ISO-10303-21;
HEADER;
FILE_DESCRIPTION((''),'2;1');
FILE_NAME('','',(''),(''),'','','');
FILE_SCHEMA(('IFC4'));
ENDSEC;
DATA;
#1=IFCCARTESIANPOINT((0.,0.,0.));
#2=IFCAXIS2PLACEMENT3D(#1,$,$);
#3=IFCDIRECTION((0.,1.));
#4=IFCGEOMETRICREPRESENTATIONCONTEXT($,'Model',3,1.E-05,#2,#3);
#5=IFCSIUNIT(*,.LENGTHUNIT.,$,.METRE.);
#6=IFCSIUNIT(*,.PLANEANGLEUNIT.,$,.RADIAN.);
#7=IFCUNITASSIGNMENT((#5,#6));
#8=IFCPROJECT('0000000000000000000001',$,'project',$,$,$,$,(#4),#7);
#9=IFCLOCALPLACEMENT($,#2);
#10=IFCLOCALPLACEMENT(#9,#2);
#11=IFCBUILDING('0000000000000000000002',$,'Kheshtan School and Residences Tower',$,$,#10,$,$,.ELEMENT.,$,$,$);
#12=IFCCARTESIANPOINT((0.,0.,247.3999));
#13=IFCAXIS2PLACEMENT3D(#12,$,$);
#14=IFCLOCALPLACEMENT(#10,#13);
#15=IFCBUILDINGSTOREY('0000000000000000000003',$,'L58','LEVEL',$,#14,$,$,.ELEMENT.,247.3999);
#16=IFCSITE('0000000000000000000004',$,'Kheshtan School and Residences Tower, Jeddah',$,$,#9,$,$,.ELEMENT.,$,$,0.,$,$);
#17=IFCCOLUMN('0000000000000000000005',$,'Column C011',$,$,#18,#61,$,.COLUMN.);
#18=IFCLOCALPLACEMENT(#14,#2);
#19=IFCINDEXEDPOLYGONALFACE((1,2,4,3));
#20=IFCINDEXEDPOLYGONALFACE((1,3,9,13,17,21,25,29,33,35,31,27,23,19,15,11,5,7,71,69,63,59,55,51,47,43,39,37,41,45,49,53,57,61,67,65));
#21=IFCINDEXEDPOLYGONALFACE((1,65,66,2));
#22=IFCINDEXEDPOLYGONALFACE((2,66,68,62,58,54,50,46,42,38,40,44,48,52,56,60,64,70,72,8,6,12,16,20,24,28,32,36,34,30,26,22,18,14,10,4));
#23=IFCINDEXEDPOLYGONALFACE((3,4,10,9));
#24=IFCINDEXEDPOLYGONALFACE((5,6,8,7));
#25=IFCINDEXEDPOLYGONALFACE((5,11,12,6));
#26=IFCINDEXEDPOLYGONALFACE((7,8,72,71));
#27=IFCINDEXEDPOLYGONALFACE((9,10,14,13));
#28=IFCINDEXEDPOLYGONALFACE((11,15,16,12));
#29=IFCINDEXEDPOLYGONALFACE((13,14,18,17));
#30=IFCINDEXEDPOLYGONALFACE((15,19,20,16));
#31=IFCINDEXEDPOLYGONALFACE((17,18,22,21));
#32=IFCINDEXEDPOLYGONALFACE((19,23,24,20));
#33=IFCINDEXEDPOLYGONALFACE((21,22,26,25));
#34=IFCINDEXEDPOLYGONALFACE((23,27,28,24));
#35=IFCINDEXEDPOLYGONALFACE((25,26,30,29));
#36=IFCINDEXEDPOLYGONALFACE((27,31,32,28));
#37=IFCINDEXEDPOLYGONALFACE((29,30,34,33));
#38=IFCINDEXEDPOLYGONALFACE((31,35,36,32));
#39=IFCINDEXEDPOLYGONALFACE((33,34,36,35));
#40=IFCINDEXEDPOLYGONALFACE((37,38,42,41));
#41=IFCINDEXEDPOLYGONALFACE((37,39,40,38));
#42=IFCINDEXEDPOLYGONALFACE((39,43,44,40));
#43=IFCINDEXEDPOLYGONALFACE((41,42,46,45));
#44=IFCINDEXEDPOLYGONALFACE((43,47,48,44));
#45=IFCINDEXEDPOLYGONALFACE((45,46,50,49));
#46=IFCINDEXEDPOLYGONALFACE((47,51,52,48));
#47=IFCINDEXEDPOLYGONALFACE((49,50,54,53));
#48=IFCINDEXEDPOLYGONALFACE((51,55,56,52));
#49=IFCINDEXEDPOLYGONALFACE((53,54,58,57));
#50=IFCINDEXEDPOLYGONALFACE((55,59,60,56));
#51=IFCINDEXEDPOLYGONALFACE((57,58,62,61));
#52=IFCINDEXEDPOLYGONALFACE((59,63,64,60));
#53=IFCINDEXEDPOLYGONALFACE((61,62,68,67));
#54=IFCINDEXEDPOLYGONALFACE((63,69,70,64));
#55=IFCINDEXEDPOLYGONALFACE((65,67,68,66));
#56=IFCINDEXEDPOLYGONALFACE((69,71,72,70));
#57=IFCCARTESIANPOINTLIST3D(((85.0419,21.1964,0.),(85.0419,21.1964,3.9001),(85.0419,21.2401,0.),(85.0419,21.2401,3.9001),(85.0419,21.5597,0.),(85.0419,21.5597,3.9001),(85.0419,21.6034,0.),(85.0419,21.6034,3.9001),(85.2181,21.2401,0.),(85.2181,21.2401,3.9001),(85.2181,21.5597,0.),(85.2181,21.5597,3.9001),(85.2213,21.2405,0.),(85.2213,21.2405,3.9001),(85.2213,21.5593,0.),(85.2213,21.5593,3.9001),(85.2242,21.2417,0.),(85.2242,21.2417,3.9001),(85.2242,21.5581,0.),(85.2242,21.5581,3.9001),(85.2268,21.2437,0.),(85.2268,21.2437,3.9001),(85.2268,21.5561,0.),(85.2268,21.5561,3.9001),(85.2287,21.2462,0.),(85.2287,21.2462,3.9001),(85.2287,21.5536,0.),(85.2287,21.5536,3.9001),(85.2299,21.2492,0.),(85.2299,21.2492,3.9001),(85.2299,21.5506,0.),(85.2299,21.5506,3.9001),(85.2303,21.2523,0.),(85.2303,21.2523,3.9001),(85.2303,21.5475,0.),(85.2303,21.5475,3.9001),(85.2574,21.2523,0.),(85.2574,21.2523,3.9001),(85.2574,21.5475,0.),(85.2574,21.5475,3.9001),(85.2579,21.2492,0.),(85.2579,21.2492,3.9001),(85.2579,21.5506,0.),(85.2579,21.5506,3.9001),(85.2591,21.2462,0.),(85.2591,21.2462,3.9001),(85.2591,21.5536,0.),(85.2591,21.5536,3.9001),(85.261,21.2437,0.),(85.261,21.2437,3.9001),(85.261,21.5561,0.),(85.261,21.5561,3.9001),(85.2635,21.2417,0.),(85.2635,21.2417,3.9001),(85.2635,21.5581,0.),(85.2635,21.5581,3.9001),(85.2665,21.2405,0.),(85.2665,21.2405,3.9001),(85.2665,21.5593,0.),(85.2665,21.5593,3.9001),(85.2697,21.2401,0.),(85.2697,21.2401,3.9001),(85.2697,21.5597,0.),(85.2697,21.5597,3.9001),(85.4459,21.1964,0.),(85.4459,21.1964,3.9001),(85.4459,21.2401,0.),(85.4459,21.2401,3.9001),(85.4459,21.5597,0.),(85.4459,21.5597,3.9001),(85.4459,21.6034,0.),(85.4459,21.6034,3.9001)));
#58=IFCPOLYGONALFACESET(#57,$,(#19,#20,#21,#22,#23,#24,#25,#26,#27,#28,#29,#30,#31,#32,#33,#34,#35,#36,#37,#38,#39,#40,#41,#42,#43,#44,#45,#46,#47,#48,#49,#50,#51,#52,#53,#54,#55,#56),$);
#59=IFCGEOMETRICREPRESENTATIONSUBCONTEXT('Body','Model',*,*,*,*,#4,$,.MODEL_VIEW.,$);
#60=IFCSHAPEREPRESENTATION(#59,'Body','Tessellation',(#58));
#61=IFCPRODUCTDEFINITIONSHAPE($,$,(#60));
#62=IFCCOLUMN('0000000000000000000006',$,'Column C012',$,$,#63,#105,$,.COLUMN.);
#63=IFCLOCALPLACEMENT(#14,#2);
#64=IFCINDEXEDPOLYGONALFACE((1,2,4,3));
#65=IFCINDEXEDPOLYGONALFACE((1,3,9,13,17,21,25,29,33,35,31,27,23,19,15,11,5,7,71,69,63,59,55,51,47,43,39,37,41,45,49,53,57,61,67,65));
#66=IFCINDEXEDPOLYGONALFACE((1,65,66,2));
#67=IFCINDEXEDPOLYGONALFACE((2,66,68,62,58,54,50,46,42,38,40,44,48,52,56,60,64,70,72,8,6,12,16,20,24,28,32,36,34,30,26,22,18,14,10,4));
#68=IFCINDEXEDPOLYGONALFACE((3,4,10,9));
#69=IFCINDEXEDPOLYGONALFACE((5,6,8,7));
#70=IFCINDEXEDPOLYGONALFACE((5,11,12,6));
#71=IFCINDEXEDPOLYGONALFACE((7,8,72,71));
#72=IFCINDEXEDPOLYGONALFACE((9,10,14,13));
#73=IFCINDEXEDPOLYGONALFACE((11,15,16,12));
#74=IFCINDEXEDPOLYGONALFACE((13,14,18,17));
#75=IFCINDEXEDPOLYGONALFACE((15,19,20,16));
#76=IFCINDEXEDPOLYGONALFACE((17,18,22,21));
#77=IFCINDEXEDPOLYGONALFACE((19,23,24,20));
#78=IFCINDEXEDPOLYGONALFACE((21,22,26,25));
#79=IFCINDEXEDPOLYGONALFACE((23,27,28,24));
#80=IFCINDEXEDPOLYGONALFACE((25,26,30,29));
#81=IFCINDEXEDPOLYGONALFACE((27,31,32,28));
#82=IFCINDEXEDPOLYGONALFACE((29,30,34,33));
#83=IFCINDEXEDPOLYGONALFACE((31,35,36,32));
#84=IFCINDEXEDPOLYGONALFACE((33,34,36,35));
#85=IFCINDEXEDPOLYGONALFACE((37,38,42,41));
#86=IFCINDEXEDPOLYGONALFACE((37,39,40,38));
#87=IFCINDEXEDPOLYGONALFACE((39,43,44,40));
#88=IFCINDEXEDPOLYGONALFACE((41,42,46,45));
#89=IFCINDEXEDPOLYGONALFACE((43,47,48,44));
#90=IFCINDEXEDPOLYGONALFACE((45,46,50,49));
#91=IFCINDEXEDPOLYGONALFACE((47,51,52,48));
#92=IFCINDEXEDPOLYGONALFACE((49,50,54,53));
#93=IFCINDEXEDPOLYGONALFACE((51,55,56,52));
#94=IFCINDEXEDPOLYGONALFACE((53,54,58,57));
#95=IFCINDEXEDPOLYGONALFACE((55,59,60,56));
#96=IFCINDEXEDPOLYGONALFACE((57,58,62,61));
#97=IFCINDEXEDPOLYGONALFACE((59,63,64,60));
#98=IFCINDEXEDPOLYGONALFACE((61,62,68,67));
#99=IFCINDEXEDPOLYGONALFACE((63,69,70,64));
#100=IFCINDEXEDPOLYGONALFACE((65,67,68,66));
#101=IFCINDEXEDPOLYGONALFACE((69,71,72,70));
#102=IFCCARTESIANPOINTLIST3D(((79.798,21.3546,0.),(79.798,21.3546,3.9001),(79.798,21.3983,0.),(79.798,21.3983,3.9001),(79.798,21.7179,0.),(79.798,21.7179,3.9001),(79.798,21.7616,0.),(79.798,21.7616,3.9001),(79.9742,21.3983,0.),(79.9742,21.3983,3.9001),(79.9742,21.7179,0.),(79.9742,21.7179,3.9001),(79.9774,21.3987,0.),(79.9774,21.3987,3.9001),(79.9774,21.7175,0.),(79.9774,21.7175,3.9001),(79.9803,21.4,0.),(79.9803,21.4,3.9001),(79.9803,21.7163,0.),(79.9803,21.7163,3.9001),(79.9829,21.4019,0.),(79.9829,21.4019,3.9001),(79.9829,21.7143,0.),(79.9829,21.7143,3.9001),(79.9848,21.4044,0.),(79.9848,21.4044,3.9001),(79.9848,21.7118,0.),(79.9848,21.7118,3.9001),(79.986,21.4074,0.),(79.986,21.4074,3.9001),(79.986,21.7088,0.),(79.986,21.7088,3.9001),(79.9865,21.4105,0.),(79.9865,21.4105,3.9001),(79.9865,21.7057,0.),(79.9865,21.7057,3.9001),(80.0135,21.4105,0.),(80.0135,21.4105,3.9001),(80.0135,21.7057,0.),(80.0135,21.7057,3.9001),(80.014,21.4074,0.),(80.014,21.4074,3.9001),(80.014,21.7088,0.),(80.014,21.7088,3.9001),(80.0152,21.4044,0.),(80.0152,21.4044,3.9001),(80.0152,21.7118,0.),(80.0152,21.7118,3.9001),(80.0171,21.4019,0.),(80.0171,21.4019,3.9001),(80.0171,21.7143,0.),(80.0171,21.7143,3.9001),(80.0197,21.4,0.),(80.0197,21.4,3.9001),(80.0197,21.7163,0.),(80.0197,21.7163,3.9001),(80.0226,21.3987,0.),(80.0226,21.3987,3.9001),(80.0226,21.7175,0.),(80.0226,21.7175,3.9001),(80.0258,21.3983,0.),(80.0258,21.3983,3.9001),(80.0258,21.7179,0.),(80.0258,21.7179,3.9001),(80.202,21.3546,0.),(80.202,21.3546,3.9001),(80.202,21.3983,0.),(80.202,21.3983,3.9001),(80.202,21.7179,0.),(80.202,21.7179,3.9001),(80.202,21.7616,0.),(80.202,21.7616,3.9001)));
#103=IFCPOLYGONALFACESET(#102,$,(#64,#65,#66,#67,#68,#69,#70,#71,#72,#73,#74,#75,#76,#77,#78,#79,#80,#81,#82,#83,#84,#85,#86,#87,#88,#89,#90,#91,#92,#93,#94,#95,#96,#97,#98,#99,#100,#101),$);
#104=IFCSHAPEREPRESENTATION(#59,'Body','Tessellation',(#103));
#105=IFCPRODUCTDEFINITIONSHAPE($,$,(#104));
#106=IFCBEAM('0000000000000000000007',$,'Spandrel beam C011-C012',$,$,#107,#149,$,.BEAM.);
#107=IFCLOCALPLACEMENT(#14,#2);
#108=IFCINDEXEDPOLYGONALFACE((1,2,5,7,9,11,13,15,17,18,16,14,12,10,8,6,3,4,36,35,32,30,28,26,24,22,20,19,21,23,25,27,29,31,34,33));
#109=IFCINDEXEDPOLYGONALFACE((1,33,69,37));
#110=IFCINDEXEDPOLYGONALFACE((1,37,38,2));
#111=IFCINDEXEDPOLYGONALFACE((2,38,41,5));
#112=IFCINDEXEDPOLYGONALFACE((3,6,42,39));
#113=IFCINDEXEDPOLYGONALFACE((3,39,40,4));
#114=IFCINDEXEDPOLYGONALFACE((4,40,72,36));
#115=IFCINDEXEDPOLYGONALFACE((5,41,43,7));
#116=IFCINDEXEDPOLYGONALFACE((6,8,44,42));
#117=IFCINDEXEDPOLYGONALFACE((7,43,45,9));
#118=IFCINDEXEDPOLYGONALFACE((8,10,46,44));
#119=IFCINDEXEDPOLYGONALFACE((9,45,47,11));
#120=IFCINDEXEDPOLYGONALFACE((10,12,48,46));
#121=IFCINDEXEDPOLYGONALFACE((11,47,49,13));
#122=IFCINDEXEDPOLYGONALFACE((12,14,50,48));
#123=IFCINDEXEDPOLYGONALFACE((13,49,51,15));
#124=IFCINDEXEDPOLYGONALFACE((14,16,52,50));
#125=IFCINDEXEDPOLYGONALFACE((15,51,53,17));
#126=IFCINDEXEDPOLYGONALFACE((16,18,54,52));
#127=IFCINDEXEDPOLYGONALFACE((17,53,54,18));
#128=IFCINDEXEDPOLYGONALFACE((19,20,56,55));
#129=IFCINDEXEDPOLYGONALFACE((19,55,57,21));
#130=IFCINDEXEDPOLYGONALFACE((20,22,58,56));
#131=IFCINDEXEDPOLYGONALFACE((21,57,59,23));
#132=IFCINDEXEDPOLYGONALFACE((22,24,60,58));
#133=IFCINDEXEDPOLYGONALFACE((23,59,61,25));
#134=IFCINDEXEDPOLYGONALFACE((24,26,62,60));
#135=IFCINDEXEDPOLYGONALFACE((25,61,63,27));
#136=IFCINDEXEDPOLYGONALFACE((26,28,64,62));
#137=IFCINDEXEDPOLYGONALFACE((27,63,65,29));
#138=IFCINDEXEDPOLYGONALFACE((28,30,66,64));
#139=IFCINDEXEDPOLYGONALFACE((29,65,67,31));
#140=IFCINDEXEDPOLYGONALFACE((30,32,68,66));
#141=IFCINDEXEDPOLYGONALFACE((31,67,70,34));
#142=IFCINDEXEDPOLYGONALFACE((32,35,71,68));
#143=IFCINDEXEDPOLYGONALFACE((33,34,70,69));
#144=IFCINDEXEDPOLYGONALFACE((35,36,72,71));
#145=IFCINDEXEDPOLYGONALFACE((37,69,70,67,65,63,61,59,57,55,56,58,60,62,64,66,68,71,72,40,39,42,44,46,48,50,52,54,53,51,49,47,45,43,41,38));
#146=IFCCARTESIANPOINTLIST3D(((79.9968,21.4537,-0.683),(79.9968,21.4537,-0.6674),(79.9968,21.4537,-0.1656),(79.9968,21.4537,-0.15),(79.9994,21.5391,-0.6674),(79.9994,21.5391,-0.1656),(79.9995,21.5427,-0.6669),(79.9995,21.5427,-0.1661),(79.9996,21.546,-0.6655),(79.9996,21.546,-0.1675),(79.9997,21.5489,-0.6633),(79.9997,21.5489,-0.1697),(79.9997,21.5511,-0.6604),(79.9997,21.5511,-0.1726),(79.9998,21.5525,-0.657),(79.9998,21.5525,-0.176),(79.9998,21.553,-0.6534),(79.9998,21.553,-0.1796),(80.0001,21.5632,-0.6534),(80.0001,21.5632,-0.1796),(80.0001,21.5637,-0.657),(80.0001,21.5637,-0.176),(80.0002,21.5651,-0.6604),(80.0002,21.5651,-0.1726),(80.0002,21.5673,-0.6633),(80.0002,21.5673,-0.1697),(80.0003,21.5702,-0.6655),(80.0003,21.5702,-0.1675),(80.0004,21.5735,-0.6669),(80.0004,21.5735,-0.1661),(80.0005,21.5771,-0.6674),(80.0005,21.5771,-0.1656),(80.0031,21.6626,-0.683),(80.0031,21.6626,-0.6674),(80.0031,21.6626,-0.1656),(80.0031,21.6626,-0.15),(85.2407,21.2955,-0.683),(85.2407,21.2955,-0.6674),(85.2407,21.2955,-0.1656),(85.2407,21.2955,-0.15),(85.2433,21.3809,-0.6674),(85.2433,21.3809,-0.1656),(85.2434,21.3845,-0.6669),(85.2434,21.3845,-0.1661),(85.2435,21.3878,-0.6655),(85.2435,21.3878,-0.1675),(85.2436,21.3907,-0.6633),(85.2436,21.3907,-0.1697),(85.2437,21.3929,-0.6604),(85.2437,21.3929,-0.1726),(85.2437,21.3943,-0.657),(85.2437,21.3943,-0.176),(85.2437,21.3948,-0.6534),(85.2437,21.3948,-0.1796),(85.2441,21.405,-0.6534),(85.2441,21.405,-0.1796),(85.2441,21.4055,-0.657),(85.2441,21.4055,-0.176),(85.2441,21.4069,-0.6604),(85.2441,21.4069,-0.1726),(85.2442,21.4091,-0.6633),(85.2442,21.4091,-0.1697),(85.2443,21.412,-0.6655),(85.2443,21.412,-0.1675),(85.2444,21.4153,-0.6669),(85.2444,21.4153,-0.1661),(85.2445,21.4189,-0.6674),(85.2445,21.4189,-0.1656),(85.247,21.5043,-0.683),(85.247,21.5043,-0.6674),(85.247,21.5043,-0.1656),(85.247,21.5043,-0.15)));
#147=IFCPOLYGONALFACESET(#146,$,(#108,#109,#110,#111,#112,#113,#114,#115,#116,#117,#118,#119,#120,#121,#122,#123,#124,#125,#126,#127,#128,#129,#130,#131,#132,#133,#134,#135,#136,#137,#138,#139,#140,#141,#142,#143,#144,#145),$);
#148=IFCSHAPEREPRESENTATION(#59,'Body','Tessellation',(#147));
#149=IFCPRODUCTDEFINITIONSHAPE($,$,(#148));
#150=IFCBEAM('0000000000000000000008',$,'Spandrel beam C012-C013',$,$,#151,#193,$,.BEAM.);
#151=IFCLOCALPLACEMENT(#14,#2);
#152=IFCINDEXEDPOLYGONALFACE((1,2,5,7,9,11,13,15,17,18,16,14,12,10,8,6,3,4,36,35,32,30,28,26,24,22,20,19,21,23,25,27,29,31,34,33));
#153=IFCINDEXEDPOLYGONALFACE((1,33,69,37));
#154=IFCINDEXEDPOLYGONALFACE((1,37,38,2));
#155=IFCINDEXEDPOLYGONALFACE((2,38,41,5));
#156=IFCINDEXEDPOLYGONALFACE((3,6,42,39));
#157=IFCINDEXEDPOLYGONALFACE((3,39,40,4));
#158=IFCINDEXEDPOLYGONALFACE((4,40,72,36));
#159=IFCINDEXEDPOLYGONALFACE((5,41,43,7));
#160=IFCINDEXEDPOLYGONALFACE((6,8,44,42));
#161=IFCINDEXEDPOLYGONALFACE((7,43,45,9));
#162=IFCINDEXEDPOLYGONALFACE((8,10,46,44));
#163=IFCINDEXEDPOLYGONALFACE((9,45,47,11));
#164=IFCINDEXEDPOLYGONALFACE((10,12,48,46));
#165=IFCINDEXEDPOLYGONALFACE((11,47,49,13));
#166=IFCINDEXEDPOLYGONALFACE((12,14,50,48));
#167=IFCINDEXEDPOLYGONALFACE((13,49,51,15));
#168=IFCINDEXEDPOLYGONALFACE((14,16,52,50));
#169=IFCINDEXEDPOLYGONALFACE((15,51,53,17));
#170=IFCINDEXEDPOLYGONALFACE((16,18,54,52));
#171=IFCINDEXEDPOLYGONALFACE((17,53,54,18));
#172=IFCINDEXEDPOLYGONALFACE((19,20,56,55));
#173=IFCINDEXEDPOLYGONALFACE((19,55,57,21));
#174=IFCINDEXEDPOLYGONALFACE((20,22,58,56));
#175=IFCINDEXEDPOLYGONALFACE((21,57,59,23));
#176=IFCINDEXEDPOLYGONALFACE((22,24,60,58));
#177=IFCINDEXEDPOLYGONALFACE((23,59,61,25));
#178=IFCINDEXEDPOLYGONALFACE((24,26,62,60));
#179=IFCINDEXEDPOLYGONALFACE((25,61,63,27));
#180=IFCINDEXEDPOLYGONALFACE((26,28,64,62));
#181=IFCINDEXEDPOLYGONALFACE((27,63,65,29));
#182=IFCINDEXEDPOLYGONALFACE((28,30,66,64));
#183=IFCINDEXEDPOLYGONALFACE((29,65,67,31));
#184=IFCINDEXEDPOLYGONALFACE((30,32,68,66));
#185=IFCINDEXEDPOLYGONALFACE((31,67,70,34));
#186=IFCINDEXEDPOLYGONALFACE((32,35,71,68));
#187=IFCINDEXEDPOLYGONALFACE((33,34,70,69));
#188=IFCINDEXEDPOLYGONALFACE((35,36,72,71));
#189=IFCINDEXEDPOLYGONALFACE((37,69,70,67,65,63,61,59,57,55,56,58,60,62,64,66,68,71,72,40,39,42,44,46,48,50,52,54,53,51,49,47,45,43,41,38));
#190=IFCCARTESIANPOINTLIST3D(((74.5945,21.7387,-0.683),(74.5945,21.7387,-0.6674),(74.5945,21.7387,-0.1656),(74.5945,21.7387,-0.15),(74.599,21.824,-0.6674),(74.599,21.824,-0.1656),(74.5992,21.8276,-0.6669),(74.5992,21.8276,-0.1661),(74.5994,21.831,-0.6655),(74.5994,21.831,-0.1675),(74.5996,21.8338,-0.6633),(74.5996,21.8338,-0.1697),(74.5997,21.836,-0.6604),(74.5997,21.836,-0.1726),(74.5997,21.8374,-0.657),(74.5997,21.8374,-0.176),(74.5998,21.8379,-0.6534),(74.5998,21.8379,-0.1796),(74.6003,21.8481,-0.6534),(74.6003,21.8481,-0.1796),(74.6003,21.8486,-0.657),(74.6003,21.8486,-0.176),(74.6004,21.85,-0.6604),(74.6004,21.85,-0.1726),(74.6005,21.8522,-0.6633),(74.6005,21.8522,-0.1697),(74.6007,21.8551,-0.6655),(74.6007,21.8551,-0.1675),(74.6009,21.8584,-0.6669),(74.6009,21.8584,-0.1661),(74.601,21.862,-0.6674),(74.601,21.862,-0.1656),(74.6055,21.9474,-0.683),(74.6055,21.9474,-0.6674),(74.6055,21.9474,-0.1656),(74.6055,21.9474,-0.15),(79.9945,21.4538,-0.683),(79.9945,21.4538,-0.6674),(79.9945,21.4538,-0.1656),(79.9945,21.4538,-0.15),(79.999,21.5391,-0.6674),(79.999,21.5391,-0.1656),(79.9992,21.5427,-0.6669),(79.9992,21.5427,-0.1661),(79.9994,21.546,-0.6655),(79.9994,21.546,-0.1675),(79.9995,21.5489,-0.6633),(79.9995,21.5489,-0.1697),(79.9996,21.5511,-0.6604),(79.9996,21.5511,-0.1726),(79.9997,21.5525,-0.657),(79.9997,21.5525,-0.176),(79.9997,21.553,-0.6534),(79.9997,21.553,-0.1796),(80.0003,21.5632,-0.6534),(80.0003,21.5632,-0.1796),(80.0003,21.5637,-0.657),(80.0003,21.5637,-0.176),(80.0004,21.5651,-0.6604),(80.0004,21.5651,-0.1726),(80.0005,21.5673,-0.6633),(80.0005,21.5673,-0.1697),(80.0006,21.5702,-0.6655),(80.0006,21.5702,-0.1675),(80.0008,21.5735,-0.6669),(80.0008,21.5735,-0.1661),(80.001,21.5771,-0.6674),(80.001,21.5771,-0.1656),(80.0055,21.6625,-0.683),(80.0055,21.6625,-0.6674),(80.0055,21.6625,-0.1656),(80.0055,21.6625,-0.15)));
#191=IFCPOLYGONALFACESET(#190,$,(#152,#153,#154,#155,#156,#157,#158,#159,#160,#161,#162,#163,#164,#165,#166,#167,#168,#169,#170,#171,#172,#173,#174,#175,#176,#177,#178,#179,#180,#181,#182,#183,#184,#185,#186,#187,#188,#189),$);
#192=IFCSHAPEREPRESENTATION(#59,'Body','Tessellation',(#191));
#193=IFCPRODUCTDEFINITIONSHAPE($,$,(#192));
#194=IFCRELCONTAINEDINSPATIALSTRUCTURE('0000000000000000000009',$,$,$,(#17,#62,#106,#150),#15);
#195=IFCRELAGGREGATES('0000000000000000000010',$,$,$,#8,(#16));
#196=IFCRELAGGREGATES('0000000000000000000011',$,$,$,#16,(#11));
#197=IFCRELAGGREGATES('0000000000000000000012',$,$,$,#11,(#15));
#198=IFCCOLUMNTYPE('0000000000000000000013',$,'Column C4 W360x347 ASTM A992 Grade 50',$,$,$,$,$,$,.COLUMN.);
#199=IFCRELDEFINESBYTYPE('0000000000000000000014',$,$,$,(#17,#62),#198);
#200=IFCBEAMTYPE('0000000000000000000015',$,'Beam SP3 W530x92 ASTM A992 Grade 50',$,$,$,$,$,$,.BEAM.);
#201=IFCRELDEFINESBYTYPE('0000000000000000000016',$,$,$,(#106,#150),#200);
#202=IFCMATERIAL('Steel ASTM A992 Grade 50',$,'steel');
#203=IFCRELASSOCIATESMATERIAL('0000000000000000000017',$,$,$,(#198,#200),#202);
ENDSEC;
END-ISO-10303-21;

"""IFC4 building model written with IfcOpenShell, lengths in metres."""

from ifc_helpers import new_model, si_unit, direction, frame, origin, origin_2d, place, context, subcontext, project, spatial, i_section, extrude, material, material_profile, profile_set, type_object, element, save


model = new_model("IFC4")

# Units and contexts
model_context = context("Model", 3, precision=1e-05, world=origin(), true_north=direction((0.0, 1.0)))
body_context = subcontext(model_context, "Body", "Model", "MODEL_VIEW")
ifc_project = project(units=[si_unit("LENGTHUNIT", "METRE"), si_unit("PLANEANGLEUNIT", "RADIAN")], contexts=[model_context])

# Site, building, storey
site_placement = place(None, origin())
site = spatial("IfcSite", under=ifc_project, at=site_placement, Name="Kheshtan School and Residences Tower, Jeddah", CompositionType="ELEMENT", RefElevation=0.0)
building_placement = place(site_placement, origin())
building = spatial("IfcBuilding", under=site, at=building_placement, Name="Kheshtan School and Residences Tower", CompositionType="ELEMENT")
storey_placement = place(building_placement, frame((0.0, 0.0, 247.3999)))
storey = spatial("IfcBuildingStorey", under=building, at=storey_placement, Name="L58", Description="LEVEL", CompositionType="ELEMENT", Elevation=247.3999)

# Columns
ifc_material_1 = material(Name="Steel ASTM A992 Grade 50", Category="steel")
ifc_material_profile_1 = material_profile(ifc_material_1, i_section(OverallWidth=0.4041, OverallDepth=0.407, WebThickness=0.0271, FlangeThickness=0.0437, FilletRadius=0.0122, at=origin_2d()), Name="W360x347")
ifc_profile_set_1 = profile_set([ifc_material_profile_1], Name="Steel ASTM A992 Grade 50")
column_type = type_object("IfcColumnType", Name="Column C4 W360x347 ASTM A992 Grade 50", PredefinedType="COLUMN", material=ifc_profile_set_1)
for number, where, z_axis, x_axis, name in (
    (1, (85.2439, 21.3999, 0.0), (0.0, 0.0, 1.0), (1.0, 0.0, 0.0), "Column C011"),
    (2, (80.0, 21.5581, 0.0), (0.0, 0.0, 1.0), (1.0, 0.0, 0.0), "Column C012"),
):
    element("IfcColumn", number, at=place(storey_placement, frame(where, z_axis=z_axis, x_axis=x_axis)), inside=storey, type_object=column_type, Name=name, PredefinedType="COLUMN", context=body_context, shape_type="SweptSolid", body=[
        extrude(i_section(OverallWidth=0.4041, OverallDepth=0.407, WebThickness=0.0271, FlangeThickness=0.0437, FilletRadius=0.0122, at=origin_2d()), origin(), (0.0, 0.0, 1.0), 3.9001),
    ])

# Beams
ifc_material_profile_2 = material_profile(ifc_material_1, i_section(OverallWidth=0.209, OverallDepth=0.533, WebThickness=0.0103, FlangeThickness=0.0156, FilletRadius=0.0139, at=origin_2d()), Name="W530x92")
ifc_profile_set_2 = profile_set([ifc_material_profile_2], Name="Steel ASTM A992 Grade 50")
beam_type = type_object("IfcBeamType", Name="Beam SP3 W530x92 ASTM A992 Grade 50", PredefinedType="BEAM", material=ifc_profile_set_2)
beam_1_placement = place(storey_placement, frame((85.2439, 21.3999, -0.4165), z_axis=(-0.999545, 0.030155, 0.0), x_axis=(-0.030155, -0.999545, 0.0)))
element("IfcBeam", 3, at=beam_1_placement, inside=storey, type_object=beam_type, Name="Spandrel beam C011-C012", PredefinedType="BEAM", context=body_context, shape_type="SweptSolid", body=[
    extrude(i_section(OverallWidth=0.209, OverallDepth=0.533, WebThickness=0.0103, FlangeThickness=0.0156, FilletRadius=0.0139, at=origin_2d()), origin(), (0.0, 0.0, 1.0), 5.2463),
])
beam_2_placement = place(storey_placement, frame((80.0, 21.5581, -0.4165), z_axis=(-0.998611, 0.052689, 0.0), x_axis=(-0.052689, -0.998611, 0.0)))
element("IfcBeam", 4, at=beam_2_placement, inside=storey, type_object=beam_type, Name="Spandrel beam C012-C013", PredefinedType="BEAM", context=body_context, shape_type="SweptSolid", body=[
    extrude(i_section(OverallWidth=0.209, OverallDepth=0.533, WebThickness=0.0103, FlangeThickness=0.0156, FilletRadius=0.0139, at=origin_2d()), origin(), (0.0, 0.0, 1.0), 5.4075),
])

save(model, "model.ifc")
